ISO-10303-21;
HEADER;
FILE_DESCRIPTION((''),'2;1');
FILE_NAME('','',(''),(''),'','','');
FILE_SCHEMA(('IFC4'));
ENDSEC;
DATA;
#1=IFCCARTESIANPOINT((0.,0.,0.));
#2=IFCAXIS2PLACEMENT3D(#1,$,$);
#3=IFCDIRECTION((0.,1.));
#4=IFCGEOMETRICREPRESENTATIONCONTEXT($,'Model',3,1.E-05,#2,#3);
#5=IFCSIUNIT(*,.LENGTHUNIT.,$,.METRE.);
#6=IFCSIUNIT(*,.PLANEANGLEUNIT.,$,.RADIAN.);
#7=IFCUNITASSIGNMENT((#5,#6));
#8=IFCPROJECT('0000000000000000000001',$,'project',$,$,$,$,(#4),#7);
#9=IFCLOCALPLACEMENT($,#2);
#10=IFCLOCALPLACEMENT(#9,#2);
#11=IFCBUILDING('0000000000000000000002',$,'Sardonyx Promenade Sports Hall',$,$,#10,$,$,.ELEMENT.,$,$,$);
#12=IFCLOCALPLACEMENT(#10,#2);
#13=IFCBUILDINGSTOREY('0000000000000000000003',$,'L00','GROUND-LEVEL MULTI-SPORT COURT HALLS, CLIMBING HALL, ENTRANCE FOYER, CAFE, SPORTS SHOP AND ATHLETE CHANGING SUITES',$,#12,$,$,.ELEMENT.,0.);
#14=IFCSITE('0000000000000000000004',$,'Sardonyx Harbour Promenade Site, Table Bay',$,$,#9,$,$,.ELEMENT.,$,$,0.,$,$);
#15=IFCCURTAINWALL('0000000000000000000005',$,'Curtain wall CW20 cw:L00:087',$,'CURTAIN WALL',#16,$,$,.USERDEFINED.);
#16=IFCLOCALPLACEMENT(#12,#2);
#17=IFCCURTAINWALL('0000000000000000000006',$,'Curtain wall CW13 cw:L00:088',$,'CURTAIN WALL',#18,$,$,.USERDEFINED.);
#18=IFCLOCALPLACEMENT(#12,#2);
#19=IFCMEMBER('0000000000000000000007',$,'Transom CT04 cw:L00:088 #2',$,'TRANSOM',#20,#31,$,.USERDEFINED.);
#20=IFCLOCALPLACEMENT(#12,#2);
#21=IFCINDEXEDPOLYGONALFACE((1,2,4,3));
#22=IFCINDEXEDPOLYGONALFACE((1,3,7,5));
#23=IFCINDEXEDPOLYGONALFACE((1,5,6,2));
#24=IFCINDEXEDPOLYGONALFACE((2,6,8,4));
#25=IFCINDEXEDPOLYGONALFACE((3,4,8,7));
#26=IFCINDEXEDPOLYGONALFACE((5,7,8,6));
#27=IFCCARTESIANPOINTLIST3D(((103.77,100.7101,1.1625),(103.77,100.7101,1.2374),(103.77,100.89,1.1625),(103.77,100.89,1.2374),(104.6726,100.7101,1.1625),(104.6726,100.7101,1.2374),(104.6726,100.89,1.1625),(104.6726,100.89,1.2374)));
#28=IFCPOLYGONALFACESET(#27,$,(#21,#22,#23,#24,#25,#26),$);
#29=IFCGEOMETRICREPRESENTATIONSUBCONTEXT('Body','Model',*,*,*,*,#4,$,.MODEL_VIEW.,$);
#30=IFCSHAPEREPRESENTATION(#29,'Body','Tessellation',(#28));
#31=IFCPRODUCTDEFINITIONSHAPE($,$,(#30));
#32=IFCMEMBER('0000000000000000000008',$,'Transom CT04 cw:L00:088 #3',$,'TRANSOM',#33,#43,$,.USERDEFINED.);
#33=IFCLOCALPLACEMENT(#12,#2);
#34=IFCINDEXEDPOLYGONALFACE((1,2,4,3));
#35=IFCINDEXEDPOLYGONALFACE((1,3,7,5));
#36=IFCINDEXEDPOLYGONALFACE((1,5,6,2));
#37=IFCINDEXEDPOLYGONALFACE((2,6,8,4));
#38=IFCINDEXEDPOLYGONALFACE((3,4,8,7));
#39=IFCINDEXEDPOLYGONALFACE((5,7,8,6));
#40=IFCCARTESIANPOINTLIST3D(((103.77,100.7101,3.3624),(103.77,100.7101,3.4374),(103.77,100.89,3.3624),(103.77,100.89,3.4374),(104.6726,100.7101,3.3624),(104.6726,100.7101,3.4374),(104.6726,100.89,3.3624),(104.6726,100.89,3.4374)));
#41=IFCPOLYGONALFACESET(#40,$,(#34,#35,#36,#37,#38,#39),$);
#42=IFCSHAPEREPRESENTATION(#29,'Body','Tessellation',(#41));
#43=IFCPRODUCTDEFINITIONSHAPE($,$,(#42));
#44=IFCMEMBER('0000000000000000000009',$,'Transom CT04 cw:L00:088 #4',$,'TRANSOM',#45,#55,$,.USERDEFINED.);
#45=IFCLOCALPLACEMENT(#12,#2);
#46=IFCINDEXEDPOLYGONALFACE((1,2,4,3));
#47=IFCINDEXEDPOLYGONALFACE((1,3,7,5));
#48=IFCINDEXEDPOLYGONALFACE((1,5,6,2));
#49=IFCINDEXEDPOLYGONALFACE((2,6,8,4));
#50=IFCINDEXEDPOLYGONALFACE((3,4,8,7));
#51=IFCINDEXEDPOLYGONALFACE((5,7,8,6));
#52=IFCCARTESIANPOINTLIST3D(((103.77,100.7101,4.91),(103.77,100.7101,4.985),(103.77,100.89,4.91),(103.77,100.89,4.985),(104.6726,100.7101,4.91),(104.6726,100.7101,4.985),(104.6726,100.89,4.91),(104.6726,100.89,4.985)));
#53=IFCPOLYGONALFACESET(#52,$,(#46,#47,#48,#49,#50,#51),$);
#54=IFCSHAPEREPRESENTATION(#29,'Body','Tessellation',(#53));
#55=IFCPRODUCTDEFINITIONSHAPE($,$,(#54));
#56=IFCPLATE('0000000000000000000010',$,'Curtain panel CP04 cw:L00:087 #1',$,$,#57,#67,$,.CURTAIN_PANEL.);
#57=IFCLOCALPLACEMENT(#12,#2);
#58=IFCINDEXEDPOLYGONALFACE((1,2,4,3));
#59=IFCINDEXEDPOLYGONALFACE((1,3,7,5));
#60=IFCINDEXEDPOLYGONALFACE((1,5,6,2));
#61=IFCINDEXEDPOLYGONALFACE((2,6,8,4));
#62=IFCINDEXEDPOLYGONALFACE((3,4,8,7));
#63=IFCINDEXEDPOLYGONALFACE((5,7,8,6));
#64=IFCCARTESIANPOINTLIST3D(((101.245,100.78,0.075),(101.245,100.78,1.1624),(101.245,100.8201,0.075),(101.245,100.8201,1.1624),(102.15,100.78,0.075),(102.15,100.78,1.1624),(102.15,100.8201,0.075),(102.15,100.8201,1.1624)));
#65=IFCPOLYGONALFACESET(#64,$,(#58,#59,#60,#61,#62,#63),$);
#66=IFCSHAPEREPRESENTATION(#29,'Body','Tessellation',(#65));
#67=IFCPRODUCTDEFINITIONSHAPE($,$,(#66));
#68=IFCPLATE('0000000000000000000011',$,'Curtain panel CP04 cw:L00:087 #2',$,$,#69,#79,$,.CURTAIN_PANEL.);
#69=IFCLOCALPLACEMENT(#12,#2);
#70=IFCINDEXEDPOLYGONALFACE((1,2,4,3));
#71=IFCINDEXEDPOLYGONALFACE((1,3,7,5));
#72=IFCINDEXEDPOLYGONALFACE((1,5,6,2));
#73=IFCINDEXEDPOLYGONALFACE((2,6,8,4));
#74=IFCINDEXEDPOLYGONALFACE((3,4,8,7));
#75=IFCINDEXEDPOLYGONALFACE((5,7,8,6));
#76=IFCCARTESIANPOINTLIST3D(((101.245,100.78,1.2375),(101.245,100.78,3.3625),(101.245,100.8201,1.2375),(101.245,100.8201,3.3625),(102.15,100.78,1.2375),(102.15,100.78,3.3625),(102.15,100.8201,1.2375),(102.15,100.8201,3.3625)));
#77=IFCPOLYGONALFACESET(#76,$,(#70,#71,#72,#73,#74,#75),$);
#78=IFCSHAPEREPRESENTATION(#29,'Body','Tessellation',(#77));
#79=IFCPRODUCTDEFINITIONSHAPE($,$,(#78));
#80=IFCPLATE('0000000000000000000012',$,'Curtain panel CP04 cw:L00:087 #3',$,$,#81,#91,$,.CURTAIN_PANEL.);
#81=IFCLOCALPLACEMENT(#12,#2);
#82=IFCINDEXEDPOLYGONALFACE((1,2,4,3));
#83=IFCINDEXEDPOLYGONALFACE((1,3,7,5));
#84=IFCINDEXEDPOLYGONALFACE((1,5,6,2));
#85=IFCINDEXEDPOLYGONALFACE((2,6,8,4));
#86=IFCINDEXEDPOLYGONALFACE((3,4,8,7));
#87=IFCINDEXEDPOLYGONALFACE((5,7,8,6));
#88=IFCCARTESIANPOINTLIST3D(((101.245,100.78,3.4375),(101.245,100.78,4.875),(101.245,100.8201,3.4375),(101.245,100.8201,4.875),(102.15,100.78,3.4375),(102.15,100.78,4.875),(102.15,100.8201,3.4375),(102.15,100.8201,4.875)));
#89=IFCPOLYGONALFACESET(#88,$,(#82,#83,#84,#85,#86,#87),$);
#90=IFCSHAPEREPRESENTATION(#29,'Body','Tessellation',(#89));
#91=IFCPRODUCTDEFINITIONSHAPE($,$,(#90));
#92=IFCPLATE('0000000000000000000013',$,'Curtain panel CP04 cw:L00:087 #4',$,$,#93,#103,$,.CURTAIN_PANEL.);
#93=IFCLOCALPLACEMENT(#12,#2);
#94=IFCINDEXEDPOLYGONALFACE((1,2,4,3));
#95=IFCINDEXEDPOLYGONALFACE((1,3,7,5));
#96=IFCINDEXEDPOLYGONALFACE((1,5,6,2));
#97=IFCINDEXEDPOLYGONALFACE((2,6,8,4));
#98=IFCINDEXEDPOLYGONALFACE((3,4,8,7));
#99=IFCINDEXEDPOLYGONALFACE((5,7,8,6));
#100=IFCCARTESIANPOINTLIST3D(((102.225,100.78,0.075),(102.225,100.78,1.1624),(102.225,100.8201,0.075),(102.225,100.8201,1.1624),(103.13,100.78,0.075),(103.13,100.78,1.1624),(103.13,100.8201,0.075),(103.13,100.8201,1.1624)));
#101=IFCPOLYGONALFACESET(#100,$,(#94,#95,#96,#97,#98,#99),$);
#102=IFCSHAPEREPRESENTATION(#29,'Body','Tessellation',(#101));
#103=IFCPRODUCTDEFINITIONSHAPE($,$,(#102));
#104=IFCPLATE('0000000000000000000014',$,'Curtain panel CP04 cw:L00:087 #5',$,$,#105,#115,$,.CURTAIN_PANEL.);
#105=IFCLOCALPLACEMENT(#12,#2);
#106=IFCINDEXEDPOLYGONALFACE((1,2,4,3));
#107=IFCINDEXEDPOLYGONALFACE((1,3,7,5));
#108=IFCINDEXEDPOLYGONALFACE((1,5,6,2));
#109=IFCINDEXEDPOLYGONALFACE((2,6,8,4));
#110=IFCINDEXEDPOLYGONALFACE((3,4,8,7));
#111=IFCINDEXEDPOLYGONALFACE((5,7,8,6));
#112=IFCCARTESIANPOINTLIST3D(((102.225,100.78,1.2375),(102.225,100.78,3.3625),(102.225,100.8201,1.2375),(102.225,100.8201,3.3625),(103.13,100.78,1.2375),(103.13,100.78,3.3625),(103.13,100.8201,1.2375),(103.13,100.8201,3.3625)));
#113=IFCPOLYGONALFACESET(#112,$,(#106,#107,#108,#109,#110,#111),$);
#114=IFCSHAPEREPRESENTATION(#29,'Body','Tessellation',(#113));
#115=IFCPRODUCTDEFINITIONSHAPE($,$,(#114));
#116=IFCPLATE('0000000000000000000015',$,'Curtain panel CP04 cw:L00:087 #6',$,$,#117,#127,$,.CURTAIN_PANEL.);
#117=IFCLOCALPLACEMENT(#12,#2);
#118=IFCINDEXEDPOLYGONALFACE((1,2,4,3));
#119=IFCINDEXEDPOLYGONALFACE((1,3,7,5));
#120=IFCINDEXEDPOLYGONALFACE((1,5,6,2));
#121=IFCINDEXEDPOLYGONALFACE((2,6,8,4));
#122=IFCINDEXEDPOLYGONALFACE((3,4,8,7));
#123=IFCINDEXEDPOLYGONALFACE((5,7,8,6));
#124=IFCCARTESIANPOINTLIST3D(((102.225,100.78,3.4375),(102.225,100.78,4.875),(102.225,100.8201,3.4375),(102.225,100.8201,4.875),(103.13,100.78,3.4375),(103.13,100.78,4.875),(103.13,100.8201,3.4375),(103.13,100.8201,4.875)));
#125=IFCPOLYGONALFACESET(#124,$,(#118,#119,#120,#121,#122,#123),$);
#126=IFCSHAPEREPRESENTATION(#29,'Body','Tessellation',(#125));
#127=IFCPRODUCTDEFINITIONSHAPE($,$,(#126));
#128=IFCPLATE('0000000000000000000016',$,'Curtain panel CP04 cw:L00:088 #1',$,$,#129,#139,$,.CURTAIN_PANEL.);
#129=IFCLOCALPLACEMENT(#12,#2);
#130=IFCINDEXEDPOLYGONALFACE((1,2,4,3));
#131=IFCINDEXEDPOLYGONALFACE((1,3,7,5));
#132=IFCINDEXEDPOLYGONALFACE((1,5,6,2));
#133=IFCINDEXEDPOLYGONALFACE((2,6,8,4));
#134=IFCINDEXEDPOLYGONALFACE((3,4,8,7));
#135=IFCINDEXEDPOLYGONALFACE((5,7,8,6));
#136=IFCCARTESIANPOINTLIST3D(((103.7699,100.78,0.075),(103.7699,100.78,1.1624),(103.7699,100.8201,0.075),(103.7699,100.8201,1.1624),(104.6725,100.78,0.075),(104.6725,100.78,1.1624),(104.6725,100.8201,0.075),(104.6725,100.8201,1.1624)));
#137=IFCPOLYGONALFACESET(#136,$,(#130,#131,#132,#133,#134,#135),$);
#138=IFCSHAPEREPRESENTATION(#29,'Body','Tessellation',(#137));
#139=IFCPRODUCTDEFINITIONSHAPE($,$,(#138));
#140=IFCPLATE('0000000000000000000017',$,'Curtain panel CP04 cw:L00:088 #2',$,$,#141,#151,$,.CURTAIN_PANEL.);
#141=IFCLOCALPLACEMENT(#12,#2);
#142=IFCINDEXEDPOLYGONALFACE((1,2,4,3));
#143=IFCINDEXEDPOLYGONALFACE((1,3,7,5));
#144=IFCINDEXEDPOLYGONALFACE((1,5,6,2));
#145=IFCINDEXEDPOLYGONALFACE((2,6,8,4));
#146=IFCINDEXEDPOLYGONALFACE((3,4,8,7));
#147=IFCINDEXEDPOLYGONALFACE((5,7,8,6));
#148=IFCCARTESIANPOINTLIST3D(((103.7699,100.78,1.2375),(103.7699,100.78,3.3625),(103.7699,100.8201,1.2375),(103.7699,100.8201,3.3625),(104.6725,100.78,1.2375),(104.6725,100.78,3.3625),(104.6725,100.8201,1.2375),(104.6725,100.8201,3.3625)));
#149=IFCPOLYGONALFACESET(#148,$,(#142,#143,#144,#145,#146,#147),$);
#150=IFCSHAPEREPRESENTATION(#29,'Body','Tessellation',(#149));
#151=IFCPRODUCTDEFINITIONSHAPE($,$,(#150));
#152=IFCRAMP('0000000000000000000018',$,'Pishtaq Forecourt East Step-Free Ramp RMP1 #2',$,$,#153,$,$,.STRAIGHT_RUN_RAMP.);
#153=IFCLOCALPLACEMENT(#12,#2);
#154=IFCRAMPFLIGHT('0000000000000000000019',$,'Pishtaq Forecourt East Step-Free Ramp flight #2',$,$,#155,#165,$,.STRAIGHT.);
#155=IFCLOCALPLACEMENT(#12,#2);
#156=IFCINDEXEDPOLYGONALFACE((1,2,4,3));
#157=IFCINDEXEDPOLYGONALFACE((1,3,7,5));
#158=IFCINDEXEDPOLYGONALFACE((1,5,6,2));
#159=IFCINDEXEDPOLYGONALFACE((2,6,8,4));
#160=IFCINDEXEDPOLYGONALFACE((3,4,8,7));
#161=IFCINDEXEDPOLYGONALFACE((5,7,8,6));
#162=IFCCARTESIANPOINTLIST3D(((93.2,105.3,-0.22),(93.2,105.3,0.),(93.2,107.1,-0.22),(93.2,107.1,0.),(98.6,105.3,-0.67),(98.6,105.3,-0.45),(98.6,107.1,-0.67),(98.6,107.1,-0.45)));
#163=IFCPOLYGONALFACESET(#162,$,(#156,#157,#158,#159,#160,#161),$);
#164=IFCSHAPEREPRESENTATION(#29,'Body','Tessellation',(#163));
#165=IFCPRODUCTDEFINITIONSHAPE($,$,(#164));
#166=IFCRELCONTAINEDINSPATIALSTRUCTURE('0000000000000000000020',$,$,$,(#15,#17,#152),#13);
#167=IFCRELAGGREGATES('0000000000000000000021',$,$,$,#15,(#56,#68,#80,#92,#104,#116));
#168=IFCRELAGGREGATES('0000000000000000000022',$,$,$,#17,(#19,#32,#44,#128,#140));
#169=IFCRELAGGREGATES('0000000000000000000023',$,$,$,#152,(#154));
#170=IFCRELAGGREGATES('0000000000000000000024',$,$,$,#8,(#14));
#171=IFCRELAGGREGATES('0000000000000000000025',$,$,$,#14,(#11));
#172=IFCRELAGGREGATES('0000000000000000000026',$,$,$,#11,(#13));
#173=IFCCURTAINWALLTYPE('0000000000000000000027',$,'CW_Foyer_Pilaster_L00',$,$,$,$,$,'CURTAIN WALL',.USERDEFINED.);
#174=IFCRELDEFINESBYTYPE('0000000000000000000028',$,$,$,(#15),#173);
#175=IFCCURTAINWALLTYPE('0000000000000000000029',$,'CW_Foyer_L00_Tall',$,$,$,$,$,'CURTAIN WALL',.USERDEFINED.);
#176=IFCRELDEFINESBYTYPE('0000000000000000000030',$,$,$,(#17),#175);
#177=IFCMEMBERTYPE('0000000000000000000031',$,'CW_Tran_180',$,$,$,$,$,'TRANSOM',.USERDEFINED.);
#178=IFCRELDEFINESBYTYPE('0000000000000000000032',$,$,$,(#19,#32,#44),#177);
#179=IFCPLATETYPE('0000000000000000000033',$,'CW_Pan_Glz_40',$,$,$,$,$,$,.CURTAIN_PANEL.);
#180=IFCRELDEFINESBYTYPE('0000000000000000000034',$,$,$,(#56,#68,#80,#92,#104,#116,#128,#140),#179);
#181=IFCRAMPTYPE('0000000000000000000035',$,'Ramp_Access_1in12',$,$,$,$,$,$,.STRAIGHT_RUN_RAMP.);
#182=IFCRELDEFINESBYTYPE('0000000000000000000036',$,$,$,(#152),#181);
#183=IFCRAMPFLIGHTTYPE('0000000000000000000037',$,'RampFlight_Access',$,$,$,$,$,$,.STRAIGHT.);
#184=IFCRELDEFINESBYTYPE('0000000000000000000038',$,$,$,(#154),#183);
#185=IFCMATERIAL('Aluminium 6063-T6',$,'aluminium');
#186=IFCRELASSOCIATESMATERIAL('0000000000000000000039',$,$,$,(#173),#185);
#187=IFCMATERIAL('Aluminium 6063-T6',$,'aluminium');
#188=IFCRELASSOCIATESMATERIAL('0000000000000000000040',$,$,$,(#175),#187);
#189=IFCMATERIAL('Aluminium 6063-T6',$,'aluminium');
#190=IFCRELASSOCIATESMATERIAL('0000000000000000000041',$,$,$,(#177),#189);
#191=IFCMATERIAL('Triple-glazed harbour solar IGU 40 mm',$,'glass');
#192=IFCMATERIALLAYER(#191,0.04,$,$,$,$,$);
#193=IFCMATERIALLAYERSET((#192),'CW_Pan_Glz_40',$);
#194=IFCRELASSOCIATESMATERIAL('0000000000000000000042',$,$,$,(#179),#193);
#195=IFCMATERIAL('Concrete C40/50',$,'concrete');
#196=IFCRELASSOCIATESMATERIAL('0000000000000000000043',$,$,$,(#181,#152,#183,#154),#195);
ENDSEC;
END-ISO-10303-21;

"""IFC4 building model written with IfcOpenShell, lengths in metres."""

from ifc_helpers import new_model, si_unit, direction, frame, origin, origin_2d, place, context, subcontext, project, spatial, polyline, rectangle, outline, extrude, material, layer, layer_set, material_profile, profile_set, type_object, element, aggregate, save


model = new_model("IFC4")

# Units and contexts
model_context = context("Model", 3, precision=1e-05, world=origin(), true_north=direction((0.0, 1.0)))
body_context = subcontext(model_context, "Body", "Model", "MODEL_VIEW")
ifc_project = project(units=[si_unit("LENGTHUNIT", "METRE"), si_unit("PLANEANGLEUNIT", "RADIAN")], contexts=[model_context])

# Site, building, storey
site_placement = place(None, origin())
site = spatial("IfcSite", under=ifc_project, at=site_placement, Name="Sardonyx Harbour Promenade Site, Table Bay", CompositionType="ELEMENT", RefElevation=0.0)
building_placement = place(site_placement, origin())
building = spatial("IfcBuilding", under=site, at=building_placement, Name="Sardonyx Promenade Sports Hall", CompositionType="ELEMENT")
storey_placement = place(building_placement, origin())
storey = spatial("IfcBuildingStorey", under=building, at=storey_placement, Name="L00", Description="GROUND-LEVEL MULTI-SPORT COURT HALLS, CLIMBING HALL, ENTRANCE FOYER, CAFE, SPORTS SHOP AND ATHLETE CHANGING SUITES", CompositionType="ELEMENT", Elevation=0.0)

# Curtain wall
ifc_material_1 = material(Name="Aluminium 6063-T6", Category="aluminium")
curtain_wall_type_1 = type_object("IfcCurtainWallType", Name="CW_Foyer_Pilaster_L00", ElementType="CURTAIN WALL", PredefinedType="USERDEFINED", material=ifc_material_1)
curtain_wall_1_placement = place(storey_placement, origin())
curtain_wall_1 = element("IfcCurtainWall", 1, at=curtain_wall_1_placement, inside=storey, type_object=curtain_wall_type_1, Name="Curtain wall CW20 cw:L00:087", ObjectType="CURTAIN WALL", PredefinedType="USERDEFINED")

# Curtain wall
ifc_material_2 = material(Name="Aluminium 6063-T6", Category="aluminium")
curtain_wall_type_2 = type_object("IfcCurtainWallType", Name="CW_Foyer_L00_Tall", ElementType="CURTAIN WALL", PredefinedType="USERDEFINED", material=ifc_material_2)
curtain_wall_2_placement = place(storey_placement, origin())
curtain_wall_2 = element("IfcCurtainWall", 2, at=curtain_wall_2_placement, inside=storey, type_object=curtain_wall_type_2, Name="Curtain wall CW13 cw:L00:088", ObjectType="CURTAIN WALL", PredefinedType="USERDEFINED")

# Members
ifc_material_3 = material(Name="Aluminium 6063-T6", Category="aluminium")
ifc_material_profile_1 = material_profile(ifc_material_3, rectangle(XDim=0.075, YDim=0.1799, at=origin_2d()))
ifc_profile_set_1 = profile_set([ifc_material_profile_1], Name="Aluminium 6063-T6")
member_type_1 = type_object("IfcMemberType", Name="CW_Tran_180", ElementType="TRANSOM", PredefinedType="USERDEFINED", material=ifc_profile_set_1)
member_1_placement = place(storey_placement, frame((103.77, 100.8, 1.2), z_axis=(1.0, 0.0, 0.0), x_axis=(0.0, 0.0, 1.0)))
member_1 = element("IfcMember", 3, at=member_1_placement, type_object=member_type_1, Name="Transom CT04 cw:L00:088 #2", ObjectType="TRANSOM", PredefinedType="USERDEFINED", context=body_context, shape_type="SweptSolid", body=[
    extrude(rectangle(XDim=0.075, YDim=0.1799, at=origin_2d()), origin(), (0.0, 0.0, 1.0), 0.9026),
])
member_2_placement = place(storey_placement, frame((103.77, 100.8, 3.3999), z_axis=(1.0, 0.0, 0.0), x_axis=(0.0, 0.0, 1.0)))
member_2 = element("IfcMember", 4, at=member_2_placement, type_object=member_type_1, Name="Transom CT04 cw:L00:088 #3", ObjectType="TRANSOM", PredefinedType="USERDEFINED", context=body_context, shape_type="SweptSolid", body=[
    extrude(rectangle(XDim=0.075, YDim=0.1799, at=origin_2d()), origin(), (0.0, 0.0, 1.0), 0.9026),
])
member_3_placement = place(storey_placement, frame((103.77, 100.8, 4.9475), z_axis=(1.0, 0.0, 0.0), x_axis=(0.0, 0.0, 1.0)))
member_3 = element("IfcMember", 5, at=member_3_placement, type_object=member_type_1, Name="Transom CT04 cw:L00:088 #4", ObjectType="TRANSOM", PredefinedType="USERDEFINED", context=body_context, shape_type="SweptSolid", body=[
    extrude(rectangle(XDim=0.075, YDim=0.1799, at=origin_2d()), origin(), (0.0, 0.0, 1.0), 0.9026),
])

# Plates
ifc_material_4 = material(Name="Triple-glazed harbour solar IGU 40 mm", Category="glass")
ifc_layer = layer(ifc_material_4, 0.04)
ifc_layer_set = layer_set([ifc_layer], Name="CW_Pan_Glz_40")
plate_type = type_object("IfcPlateType", Name="CW_Pan_Glz_40", PredefinedType="CURTAIN_PANEL", material=ifc_layer_set)
plate_1_placement = place(storey_placement, frame((101.6975, 100.8, 0.075), z_axis=(0.0, 0.0, 1.0), x_axis=(1.0, 0.0, 0.0)))
plate_1 = element("IfcPlate", 6, at=plate_1_placement, type_object=plate_type, Name="Curtain panel CP04 cw:L00:087 #1", PredefinedType="CURTAIN_PANEL", context=body_context, shape_type="SweptSolid", body=[
    extrude(rectangle(XDim=0.905, YDim=0.04, at=origin_2d()), origin(), (0.0, 0.0, 1.0), 1.0874),
])
plate_2_placement = place(storey_placement, frame((101.6975, 100.8, 1.2375), z_axis=(0.0, 0.0, 1.0), x_axis=(1.0, 0.0, 0.0)))
plate_2 = element("IfcPlate", 7, at=plate_2_placement, type_object=plate_type, Name="Curtain panel CP04 cw:L00:087 #2", PredefinedType="CURTAIN_PANEL", context=body_context, shape_type="SweptSolid", body=[
    extrude(rectangle(XDim=0.905, YDim=0.04, at=origin_2d()), origin(), (0.0, 0.0, 1.0), 2.125),
])
plate_3_placement = place(storey_placement, frame((101.6975, 100.8, 3.4375), z_axis=(0.0, 0.0, 1.0), x_axis=(1.0, 0.0, 0.0)))
plate_3 = element("IfcPlate", 8, at=plate_3_placement, type_object=plate_type, Name="Curtain panel CP04 cw:L00:087 #3", PredefinedType="CURTAIN_PANEL", context=body_context, shape_type="SweptSolid", body=[
    extrude(rectangle(XDim=0.905, YDim=0.04, at=origin_2d()), origin(), (0.0, 0.0, 1.0), 1.4375),
])
plate_4_placement = place(storey_placement, frame((102.6775, 100.8, 0.075), z_axis=(0.0, 0.0, 1.0), x_axis=(1.0, 0.0, 0.0)))
plate_4 = element("IfcPlate", 9, at=plate_4_placement, type_object=plate_type, Name="Curtain panel CP04 cw:L00:087 #4", PredefinedType="CURTAIN_PANEL", context=body_context, shape_type="SweptSolid", body=[
    extrude(rectangle(XDim=0.905, YDim=0.04, at=origin_2d()), origin(), (0.0, 0.0, 1.0), 1.0874),
])
plate_5_placement = place(storey_placement, frame((102.6775, 100.8, 1.2375), z_axis=(0.0, 0.0, 1.0), x_axis=(1.0, 0.0, 0.0)))
plate_5 = element("IfcPlate", 10, at=plate_5_placement, type_object=plate_type, Name="Curtain panel CP04 cw:L00:087 #5", PredefinedType="CURTAIN_PANEL", context=body_context, shape_type="SweptSolid", body=[
    extrude(rectangle(XDim=0.905, YDim=0.04, at=origin_2d()), origin(), (0.0, 0.0, 1.0), 2.125),
])
plate_6_placement = place(storey_placement, frame((102.6775, 100.8, 3.4375), z_axis=(0.0, 0.0, 1.0), x_axis=(1.0, 0.0, 0.0)))
plate_6 = element("IfcPlate", 11, at=plate_6_placement, type_object=plate_type, Name="Curtain panel CP04 cw:L00:087 #6", PredefinedType="CURTAIN_PANEL", context=body_context, shape_type="SweptSolid", body=[
    extrude(rectangle(XDim=0.905, YDim=0.04, at=origin_2d()), origin(), (0.0, 0.0, 1.0), 1.4375),
])
aggregate(curtain_wall_1, [plate_1, plate_2, plate_3, plate_4, plate_5, plate_6])
plate_7_placement = place(storey_placement, frame((104.2212, 100.8, 0.075), z_axis=(0.0, 0.0, 1.0), x_axis=(1.0, 0.0, 0.0)))
plate_7 = element("IfcPlate", 12, at=plate_7_placement, type_object=plate_type, Name="Curtain panel CP04 cw:L00:088 #1", PredefinedType="CURTAIN_PANEL", context=body_context, shape_type="SweptSolid", body=[
    extrude(rectangle(XDim=0.9026, YDim=0.04, at=origin_2d()), origin(), (0.0, 0.0, 1.0), 1.0874),
])
plate_8_placement = place(storey_placement, frame((104.2212, 100.8, 1.2375), z_axis=(0.0, 0.0, 1.0), x_axis=(1.0, 0.0, 0.0)))
plate_8 = element("IfcPlate", 13, at=plate_8_placement, type_object=plate_type, Name="Curtain panel CP04 cw:L00:088 #2", PredefinedType="CURTAIN_PANEL", context=body_context, shape_type="SweptSolid", body=[
    extrude(rectangle(XDim=0.9026, YDim=0.04, at=origin_2d()), origin(), (0.0, 0.0, 1.0), 2.125),
])
aggregate(curtain_wall_2, [member_1, member_2, member_3, plate_7, plate_8])

# Ramp, ramp flight
ifc_material_5 = material(Name="Concrete C40/50", Category="concrete")
ramp_type = type_object("IfcRampType", Name="Ramp_Access_1in12", PredefinedType="STRAIGHT_RUN_RAMP", material=ifc_material_5)
ramp_placement = place(storey_placement, frame((98.6, 106.2, -0.45), z_axis=(0.0, 0.0, 1.0), x_axis=(1.0, 0.0, 0.0)))
ramp = element("IfcRamp", 14, at=ramp_placement, inside=storey, type_object=ramp_type, material=ifc_material_5, Name="Pishtaq Forecourt East Step-Free Ramp RMP1 #2", PredefinedType="STRAIGHT_RUN_RAMP")
ramp_flight_type = type_object("IfcRampFlightType", Name="RampFlight_Access", PredefinedType="STRAIGHT", material=ifc_material_5)
ramp_flight_placement = place(storey_placement, frame((98.6, 106.2, -0.45), z_axis=(0.0, 1.0, 0.0), x_axis=(-1.0, 0.0, 0.0)))
ramp_flight = element("IfcRampFlight", 15, at=ramp_flight_placement, type_object=ramp_flight_type, material=ifc_material_5, Name="Pishtaq Forecourt East Step-Free Ramp flight #2", PredefinedType="STRAIGHT", context=body_context, shape_type="SweptSolid", body=[
    extrude(outline(polyline([(0.0, 0.0), (5.4, 0.45), (5.4, 0.23), (0.0, -0.22), (0.0, 0.0)])), frame((0.0, 0.0, -0.9)), (0.0, 0.0, 1.0), 1.8),
])
aggregate(ramp, [ramp_flight])

save(model, "model.ifc")
